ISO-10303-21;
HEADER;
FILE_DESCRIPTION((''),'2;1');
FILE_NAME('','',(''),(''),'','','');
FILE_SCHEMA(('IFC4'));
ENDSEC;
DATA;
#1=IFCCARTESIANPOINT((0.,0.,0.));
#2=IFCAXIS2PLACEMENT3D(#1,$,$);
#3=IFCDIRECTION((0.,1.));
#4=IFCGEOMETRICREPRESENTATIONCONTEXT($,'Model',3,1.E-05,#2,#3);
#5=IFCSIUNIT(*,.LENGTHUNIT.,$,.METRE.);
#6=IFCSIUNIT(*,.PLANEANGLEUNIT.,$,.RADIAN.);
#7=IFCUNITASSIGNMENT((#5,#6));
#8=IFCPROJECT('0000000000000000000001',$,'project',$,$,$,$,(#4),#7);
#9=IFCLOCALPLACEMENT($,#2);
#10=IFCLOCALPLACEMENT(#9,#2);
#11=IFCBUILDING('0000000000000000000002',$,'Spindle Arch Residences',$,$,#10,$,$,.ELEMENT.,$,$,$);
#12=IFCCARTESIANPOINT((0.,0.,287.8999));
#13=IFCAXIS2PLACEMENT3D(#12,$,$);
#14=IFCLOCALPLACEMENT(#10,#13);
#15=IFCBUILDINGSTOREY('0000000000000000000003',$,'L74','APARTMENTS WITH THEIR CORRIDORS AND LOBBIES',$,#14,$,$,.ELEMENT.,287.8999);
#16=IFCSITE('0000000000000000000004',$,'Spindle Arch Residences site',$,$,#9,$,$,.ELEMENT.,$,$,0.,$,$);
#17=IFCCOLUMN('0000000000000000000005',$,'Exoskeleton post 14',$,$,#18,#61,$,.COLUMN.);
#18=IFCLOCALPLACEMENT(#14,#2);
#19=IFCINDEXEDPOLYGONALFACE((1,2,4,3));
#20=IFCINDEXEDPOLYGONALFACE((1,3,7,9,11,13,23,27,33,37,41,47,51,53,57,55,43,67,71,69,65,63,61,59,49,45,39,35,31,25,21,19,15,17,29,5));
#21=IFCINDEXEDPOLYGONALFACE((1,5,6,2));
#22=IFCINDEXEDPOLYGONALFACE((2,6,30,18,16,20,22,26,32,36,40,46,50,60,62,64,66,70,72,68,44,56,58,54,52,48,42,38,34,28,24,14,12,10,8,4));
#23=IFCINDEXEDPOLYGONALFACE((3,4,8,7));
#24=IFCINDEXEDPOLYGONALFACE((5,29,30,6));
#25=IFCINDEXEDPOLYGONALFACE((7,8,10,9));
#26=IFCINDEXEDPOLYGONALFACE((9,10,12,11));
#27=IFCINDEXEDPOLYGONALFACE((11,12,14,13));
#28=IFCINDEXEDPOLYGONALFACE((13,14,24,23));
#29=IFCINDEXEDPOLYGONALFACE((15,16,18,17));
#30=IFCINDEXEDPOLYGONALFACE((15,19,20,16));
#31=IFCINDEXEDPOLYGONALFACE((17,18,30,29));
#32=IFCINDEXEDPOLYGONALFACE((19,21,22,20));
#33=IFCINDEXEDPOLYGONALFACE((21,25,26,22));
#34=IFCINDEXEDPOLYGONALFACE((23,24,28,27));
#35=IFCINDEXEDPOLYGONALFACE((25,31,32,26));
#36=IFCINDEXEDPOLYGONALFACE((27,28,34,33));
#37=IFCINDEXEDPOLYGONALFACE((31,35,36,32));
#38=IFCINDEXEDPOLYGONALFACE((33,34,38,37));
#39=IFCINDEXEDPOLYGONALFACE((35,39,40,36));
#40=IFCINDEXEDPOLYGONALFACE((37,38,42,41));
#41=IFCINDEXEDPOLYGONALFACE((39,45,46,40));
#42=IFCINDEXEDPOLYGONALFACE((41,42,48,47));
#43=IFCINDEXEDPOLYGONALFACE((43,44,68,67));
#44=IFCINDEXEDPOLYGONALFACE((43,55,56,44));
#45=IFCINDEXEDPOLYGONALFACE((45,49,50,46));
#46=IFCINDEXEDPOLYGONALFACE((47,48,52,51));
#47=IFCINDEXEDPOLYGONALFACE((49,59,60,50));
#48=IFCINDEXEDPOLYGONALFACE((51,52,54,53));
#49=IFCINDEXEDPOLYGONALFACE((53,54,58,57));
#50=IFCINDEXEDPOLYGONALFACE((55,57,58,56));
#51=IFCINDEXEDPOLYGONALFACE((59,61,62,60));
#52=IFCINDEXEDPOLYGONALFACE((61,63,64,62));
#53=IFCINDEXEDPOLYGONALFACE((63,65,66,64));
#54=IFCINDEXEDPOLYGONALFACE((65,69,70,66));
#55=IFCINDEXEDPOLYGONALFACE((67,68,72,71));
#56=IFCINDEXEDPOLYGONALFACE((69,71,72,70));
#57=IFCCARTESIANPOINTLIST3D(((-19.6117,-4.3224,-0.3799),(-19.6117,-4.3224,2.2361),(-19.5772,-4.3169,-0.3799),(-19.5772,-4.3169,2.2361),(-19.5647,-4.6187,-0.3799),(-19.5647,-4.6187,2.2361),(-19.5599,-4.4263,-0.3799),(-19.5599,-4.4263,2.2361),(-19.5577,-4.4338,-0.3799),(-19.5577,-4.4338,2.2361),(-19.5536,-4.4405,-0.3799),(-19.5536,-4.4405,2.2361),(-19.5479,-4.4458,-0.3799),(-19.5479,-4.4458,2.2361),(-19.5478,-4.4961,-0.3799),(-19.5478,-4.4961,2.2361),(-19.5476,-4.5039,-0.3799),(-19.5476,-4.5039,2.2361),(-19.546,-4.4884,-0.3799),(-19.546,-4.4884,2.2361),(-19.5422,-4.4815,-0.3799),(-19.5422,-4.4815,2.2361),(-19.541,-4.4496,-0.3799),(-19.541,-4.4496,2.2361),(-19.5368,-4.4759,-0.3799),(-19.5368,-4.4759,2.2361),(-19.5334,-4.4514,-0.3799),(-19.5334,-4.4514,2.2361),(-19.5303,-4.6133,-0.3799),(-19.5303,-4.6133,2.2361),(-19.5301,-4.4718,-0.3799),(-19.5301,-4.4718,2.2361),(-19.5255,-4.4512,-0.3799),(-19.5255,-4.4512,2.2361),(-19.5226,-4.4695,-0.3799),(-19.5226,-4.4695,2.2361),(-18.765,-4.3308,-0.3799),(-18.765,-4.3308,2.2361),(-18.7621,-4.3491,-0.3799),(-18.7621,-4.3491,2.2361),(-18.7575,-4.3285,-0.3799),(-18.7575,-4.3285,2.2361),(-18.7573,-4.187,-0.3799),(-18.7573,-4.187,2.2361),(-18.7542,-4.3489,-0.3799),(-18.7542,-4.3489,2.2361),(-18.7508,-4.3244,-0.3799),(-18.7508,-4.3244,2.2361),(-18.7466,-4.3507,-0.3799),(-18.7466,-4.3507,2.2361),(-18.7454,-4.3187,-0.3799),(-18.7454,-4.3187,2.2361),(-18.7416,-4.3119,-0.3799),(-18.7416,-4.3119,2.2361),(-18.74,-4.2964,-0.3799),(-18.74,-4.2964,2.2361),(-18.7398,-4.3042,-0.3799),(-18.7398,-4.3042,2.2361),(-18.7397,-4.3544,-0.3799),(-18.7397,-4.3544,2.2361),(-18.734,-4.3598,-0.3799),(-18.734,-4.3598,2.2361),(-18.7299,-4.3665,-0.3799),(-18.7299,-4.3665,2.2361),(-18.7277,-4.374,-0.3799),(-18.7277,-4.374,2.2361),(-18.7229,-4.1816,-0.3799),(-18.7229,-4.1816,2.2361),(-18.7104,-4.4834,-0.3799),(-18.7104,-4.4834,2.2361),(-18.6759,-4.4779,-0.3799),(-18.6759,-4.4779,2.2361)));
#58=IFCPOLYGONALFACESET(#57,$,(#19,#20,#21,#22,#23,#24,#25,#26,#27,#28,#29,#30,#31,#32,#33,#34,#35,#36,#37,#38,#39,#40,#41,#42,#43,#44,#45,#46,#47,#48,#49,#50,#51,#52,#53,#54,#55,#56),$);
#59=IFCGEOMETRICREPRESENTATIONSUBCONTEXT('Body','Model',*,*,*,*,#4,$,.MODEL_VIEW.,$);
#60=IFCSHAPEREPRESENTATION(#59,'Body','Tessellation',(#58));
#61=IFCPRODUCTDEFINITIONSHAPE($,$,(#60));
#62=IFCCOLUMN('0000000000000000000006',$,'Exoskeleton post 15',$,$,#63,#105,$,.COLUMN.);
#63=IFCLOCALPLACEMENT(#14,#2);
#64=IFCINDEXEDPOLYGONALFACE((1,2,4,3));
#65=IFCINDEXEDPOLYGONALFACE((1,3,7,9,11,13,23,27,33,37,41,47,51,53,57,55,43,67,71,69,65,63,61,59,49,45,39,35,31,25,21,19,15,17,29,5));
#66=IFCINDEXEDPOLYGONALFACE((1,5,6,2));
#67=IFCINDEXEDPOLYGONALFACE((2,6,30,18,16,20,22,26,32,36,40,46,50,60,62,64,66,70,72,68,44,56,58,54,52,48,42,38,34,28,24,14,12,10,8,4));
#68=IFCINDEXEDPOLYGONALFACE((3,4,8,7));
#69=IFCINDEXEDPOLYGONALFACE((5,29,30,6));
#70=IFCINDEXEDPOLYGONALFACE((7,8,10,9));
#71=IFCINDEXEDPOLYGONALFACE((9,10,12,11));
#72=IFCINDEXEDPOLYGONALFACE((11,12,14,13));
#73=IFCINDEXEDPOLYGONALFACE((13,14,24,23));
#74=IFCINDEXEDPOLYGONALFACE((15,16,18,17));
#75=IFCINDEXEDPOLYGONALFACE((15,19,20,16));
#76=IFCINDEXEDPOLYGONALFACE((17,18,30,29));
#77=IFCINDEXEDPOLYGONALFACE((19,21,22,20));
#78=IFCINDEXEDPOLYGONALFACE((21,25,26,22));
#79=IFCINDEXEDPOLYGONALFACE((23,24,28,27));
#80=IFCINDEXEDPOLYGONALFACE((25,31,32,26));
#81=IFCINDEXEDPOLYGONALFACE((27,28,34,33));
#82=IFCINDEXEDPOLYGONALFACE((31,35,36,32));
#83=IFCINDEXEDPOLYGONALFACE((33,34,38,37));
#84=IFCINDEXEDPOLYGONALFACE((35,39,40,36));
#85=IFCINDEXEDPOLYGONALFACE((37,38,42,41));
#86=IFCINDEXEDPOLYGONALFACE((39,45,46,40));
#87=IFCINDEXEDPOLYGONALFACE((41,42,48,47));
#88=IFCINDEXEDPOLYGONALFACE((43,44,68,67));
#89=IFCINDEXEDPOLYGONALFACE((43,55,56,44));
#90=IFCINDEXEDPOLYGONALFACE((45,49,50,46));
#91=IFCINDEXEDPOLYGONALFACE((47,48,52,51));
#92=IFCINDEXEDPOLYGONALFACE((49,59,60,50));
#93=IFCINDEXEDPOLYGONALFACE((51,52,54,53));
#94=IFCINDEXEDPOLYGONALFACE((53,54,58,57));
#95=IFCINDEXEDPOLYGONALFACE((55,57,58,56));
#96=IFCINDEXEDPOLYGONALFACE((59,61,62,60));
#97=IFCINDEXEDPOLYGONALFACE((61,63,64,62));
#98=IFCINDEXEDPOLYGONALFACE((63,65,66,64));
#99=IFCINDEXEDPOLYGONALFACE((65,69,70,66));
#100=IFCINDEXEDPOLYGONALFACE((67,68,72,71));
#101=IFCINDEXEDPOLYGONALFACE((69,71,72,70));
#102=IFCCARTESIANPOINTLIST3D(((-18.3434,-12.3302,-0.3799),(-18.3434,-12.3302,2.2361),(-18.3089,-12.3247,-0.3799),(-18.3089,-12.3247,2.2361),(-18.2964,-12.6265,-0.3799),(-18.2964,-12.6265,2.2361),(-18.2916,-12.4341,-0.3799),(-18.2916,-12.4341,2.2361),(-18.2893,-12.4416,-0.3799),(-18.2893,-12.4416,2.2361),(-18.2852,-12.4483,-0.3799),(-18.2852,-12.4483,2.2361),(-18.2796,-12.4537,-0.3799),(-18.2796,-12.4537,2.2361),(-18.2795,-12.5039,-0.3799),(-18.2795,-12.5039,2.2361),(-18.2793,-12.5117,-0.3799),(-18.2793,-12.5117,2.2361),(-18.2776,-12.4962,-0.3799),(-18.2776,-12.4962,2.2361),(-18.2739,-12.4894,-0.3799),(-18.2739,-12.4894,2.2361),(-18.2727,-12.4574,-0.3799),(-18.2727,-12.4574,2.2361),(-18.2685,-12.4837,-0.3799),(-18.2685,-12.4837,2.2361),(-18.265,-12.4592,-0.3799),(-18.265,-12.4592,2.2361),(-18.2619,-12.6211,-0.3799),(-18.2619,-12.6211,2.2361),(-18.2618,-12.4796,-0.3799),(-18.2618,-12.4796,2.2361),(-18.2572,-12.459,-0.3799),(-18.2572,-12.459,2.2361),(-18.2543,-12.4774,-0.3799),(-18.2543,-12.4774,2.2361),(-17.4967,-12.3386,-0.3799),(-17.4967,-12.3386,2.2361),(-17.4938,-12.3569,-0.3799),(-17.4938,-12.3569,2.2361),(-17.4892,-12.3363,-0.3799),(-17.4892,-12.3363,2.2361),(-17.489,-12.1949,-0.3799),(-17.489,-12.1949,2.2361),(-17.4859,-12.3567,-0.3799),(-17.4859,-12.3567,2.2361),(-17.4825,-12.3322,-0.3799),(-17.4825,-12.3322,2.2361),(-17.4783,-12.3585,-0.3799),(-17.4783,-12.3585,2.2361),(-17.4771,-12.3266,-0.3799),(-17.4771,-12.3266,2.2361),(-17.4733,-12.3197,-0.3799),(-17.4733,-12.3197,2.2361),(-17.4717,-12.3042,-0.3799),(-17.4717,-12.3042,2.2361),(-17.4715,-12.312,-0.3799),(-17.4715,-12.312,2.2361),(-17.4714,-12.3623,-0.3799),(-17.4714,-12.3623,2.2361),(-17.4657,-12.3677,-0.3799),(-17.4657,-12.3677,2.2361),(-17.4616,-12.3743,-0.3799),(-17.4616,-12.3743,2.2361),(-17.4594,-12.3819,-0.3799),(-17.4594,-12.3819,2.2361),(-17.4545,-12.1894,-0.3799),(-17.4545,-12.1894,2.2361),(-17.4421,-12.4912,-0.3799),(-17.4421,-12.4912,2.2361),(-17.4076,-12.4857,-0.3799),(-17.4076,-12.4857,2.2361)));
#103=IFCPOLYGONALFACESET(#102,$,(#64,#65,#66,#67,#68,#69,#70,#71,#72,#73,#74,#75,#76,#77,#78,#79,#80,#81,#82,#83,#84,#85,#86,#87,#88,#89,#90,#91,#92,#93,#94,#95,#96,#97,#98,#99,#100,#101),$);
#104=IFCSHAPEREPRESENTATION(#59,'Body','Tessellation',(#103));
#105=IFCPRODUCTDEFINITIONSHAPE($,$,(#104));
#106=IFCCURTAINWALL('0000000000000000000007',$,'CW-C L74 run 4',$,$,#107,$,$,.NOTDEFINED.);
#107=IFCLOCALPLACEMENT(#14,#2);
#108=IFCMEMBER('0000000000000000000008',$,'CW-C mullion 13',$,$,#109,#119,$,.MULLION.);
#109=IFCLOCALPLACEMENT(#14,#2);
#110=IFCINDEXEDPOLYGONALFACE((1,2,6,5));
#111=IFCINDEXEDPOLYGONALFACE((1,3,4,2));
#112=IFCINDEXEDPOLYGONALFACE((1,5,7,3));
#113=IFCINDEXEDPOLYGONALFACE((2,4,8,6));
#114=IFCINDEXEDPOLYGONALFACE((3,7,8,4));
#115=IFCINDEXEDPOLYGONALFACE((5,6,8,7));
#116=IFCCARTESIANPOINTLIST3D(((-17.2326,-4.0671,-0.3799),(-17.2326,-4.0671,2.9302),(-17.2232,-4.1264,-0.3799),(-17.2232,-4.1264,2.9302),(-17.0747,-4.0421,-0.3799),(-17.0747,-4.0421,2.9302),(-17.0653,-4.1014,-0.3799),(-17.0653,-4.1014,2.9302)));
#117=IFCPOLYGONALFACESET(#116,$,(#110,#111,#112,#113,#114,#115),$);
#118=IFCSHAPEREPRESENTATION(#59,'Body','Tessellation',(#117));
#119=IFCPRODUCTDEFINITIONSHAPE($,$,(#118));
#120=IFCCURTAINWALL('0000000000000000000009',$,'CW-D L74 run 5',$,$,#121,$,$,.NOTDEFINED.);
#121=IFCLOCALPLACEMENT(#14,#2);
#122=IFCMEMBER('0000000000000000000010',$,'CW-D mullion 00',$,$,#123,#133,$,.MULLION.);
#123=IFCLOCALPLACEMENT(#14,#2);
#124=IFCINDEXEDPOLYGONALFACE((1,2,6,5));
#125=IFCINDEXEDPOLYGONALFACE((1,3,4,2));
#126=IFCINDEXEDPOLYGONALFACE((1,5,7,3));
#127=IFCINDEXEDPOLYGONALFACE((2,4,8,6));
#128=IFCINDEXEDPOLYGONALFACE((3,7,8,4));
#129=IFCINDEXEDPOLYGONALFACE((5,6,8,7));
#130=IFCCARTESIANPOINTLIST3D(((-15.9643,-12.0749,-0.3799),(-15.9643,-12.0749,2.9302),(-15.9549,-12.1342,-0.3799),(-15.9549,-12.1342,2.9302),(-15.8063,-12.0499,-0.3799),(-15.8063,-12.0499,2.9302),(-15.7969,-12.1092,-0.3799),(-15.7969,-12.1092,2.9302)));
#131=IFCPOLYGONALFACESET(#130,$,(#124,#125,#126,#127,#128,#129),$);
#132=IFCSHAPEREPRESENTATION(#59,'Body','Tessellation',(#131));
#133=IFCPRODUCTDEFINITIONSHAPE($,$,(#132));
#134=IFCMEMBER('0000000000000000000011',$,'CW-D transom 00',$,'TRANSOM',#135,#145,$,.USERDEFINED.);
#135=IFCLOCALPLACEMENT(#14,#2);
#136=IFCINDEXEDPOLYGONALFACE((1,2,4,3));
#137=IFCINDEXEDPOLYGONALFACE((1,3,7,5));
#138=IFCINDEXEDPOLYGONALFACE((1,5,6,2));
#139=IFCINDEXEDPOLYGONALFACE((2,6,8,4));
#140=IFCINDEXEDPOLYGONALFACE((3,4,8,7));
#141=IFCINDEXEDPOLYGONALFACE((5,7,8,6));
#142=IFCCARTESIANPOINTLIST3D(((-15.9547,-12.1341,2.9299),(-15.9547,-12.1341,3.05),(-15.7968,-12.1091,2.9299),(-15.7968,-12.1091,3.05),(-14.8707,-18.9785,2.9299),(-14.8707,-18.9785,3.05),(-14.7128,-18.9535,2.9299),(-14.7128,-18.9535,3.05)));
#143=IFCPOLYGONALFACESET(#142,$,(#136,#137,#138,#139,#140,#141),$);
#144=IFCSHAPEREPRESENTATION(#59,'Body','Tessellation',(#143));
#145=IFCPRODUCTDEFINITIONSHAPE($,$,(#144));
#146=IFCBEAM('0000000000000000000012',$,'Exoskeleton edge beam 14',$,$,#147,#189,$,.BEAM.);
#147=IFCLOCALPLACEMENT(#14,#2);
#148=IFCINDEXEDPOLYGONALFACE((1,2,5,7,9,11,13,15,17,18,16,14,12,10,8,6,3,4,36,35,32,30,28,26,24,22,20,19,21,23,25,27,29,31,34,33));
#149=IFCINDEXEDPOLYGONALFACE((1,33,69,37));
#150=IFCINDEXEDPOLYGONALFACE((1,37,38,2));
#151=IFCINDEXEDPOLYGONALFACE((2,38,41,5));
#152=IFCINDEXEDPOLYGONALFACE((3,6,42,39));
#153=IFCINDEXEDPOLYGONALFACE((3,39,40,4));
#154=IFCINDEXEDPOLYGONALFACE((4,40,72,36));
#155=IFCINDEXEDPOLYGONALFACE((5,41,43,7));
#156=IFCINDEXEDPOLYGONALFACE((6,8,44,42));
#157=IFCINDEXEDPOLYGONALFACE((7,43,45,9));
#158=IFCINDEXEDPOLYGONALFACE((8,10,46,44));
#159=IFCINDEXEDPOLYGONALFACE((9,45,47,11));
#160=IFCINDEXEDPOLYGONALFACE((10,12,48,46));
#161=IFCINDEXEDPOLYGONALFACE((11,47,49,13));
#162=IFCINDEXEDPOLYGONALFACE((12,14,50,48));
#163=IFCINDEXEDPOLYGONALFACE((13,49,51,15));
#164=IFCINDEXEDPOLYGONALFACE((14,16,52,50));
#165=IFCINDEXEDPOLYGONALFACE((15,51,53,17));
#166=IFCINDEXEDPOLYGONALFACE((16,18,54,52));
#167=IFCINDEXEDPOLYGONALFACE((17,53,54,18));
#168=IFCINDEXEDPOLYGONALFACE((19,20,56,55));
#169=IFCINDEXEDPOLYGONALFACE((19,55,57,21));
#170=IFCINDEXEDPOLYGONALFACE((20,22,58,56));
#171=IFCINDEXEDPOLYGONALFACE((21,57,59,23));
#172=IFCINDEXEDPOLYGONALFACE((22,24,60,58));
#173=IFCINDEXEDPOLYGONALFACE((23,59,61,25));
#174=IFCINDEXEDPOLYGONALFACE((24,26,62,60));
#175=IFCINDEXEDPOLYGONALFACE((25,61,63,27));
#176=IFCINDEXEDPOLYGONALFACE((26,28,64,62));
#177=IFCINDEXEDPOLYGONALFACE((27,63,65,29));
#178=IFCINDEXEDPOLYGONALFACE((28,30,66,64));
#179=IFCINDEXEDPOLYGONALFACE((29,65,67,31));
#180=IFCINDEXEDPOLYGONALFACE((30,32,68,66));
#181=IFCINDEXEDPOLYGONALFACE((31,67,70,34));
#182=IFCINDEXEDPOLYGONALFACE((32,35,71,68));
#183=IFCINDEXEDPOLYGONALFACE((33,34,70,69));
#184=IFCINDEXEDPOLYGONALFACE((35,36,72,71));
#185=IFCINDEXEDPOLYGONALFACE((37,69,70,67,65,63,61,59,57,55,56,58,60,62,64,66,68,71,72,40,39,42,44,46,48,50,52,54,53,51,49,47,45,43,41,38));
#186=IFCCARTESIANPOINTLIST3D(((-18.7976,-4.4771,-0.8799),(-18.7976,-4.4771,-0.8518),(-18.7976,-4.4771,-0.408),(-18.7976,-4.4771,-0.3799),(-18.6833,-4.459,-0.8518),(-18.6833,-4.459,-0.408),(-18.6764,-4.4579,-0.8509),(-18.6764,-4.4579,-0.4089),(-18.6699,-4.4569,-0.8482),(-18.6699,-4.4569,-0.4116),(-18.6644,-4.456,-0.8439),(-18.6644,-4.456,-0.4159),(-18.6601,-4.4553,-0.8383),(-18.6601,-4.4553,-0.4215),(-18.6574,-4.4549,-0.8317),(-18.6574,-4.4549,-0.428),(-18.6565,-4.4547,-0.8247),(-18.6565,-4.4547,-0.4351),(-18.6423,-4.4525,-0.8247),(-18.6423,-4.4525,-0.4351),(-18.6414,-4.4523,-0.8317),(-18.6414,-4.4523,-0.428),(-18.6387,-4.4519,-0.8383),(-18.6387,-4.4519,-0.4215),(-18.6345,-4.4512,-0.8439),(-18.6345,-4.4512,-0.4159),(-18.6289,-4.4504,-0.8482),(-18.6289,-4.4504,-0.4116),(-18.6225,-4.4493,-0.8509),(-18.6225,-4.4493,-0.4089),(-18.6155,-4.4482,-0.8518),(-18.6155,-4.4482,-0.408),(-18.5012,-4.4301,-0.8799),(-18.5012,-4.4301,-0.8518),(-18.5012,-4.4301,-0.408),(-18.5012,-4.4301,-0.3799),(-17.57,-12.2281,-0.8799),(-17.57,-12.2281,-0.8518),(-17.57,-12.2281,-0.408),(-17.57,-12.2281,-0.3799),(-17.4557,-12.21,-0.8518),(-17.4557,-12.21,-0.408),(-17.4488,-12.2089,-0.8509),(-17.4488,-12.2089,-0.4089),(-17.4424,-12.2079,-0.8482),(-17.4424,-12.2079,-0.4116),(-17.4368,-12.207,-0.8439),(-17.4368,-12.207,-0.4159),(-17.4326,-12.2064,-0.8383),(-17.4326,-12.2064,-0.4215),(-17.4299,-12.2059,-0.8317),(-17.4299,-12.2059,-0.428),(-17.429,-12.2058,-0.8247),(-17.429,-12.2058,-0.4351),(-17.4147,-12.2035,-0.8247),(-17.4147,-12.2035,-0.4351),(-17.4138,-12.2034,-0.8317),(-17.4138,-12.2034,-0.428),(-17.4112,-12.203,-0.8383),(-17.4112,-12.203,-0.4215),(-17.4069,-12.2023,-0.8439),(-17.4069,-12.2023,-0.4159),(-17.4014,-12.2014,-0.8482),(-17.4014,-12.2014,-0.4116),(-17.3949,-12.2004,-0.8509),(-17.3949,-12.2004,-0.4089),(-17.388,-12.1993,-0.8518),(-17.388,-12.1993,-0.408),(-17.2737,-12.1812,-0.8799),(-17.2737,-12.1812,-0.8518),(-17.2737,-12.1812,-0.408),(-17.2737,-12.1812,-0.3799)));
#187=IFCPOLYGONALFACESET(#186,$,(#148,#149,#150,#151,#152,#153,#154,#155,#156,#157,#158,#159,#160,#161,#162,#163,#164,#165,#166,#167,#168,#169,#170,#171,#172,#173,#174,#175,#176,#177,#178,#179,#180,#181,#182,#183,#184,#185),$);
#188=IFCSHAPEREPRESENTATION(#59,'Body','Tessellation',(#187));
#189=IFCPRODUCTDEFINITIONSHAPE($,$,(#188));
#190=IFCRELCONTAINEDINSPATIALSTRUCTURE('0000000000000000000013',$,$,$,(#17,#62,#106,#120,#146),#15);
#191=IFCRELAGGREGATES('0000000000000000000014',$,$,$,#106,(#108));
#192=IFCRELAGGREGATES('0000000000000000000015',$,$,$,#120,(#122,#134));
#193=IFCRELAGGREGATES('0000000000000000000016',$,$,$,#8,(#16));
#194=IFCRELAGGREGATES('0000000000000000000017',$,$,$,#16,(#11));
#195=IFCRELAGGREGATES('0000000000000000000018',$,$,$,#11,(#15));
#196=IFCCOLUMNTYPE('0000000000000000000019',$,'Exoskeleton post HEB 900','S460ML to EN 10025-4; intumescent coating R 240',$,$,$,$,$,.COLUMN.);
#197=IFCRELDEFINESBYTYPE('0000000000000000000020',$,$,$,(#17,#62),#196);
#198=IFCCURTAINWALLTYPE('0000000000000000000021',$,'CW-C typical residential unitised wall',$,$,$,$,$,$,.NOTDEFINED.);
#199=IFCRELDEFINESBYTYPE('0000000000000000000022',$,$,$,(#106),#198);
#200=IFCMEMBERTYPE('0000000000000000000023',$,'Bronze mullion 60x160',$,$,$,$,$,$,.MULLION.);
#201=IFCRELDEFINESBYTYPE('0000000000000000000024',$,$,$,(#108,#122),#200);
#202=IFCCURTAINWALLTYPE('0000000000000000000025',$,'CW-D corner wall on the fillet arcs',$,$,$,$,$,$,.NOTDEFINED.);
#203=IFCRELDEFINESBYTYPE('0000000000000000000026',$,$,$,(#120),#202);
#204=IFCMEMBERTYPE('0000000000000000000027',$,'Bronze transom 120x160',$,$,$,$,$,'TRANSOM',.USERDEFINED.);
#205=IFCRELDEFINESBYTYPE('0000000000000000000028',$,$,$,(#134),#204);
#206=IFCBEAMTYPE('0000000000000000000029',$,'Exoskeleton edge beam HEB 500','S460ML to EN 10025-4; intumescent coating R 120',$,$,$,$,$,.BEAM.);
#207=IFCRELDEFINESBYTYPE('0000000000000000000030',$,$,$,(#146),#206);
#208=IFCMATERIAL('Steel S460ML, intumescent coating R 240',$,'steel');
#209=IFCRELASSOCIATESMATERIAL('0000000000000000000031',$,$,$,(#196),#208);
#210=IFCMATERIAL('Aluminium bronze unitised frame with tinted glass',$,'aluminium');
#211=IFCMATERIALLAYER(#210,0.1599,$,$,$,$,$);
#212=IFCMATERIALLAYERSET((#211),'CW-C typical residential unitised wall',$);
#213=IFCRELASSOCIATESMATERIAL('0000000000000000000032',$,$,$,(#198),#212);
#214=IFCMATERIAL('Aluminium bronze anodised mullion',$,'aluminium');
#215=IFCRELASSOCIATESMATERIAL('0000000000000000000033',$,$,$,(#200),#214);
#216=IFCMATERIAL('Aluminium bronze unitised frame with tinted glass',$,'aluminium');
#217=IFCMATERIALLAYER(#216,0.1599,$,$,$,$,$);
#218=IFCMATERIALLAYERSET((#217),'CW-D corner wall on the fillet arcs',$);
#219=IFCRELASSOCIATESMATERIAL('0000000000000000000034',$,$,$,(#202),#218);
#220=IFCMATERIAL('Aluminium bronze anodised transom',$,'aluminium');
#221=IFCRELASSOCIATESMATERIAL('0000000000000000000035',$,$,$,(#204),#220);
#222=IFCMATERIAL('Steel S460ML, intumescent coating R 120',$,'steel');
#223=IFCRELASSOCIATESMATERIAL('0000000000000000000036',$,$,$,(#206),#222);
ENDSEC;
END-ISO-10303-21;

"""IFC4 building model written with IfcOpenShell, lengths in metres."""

from ifc_helpers import new_model, si_unit, direction, frame, origin, origin_2d, place, context, subcontext, project, spatial, rectangle, i_section, extrude, material, layer, layer_set, material_profile, profile_set, type_object, element, aggregate, save


model = new_model("IFC4")

# Units and contexts
model_context = context("Model", 3, precision=1e-05, world=origin(), true_north=direction((0.0, 1.0)))
body_context = subcontext(model_context, "Body", "Model", "MODEL_VIEW")
ifc_project = project(units=[si_unit("LENGTHUNIT", "METRE"), si_unit("PLANEANGLEUNIT", "RADIAN")], contexts=[model_context])

# Site, building, storey
site_placement = place(None, origin())
site = spatial("IfcSite", under=ifc_project, at=site_placement, Name="Spindle Arch Residences site", CompositionType="ELEMENT", RefElevation=0.0)
building_placement = place(site_placement, origin())
building = spatial("IfcBuilding", under=site, at=building_placement, Name="Spindle Arch Residences", CompositionType="ELEMENT")
storey_placement = place(building_placement, frame((0.0, 0.0, 287.8999)))
storey = spatial("IfcBuildingStorey", under=building, at=storey_placement, Name="L74", Description="APARTMENTS WITH THEIR CORRIDORS AND LOBBIES", CompositionType="ELEMENT", Elevation=287.8999)

# Columns
ifc_material_1 = material(Name="Steel S460ML, intumescent coating R 240", Category="steel")
ifc_material_profile_1 = material_profile(ifc_material_1, i_section(OverallWidth=0.3, OverallDepth=0.8999, WebThickness=0.0186, FlangeThickness=0.0349, FilletRadius=0.03, at=origin_2d()), Name="HEB 900")
ifc_profile_set_1 = profile_set([ifc_material_profile_1], Name="Steel S460ML, intumescent coating R 240")
column_type = type_object("IfcColumnType", Name="Exoskeleton post HEB 900", Description="S460ML to EN 10025-4; intumescent coating R 240", PredefinedType="COLUMN", material=ifc_profile_set_1)
for number, where, z_axis, x_axis, name in (
    (1, (-19.1438, -4.4001, -0.3799), (0.0, 0.0, 1.0), (-0.156434, 0.987688, 0.0), "Exoskeleton post 14"),
    (2, (-17.8755, -12.408, -0.3799), (0.0, 0.0, 1.0), (-0.156434, 0.987688, 0.0), "Exoskeleton post 15"),
):
    element("IfcColumn", number, at=place(storey_placement, frame(where, z_axis=z_axis, x_axis=x_axis)), inside=storey, type_object=column_type, Name=name, PredefinedType="COLUMN", context=body_context, shape_type="SweptSolid", body=[
        extrude(i_section(OverallWidth=0.3, OverallDepth=0.8999, WebThickness=0.0186, FlangeThickness=0.0349, FilletRadius=0.03, at=origin_2d()), origin(), (0.0, 0.0, 1.0), 2.616),
    ])

# Curtain wall, member
ifc_material_2 = material(Name="Aluminium bronze unitised frame with tinted glass", Category="aluminium")
ifc_layer_1 = layer(ifc_material_2, 0.1599)
ifc_layer_set_1 = layer_set([ifc_layer_1], Name="CW-C typical residential unitised wall")
curtain_wall_type_1 = type_object("IfcCurtainWallType", Name="CW-C typical residential unitised wall", PredefinedType="NOTDEFINED", material=ifc_layer_set_1)
curtain_wall_1_placement = place(storey_placement, origin())
curtain_wall_1 = element("IfcCurtainWall", 3, at=curtain_wall_1_placement, inside=storey, type_object=curtain_wall_type_1, Name="CW-C L74 run 4", PredefinedType="NOTDEFINED")
ifc_material_3 = material(Name="Aluminium bronze anodised mullion", Category="aluminium")
ifc_material_profile_2 = material_profile(ifc_material_3, rectangle(XDim=0.1599, YDim=0.0601, at=origin_2d()), Name="MU 60x160")
ifc_profile_set_2 = profile_set([ifc_material_profile_2], Name="Aluminium bronze anodised mullion")
member_type_1 = type_object("IfcMemberType", Name="Bronze mullion 60x160", PredefinedType="MULLION", material=ifc_profile_set_2)
member_1_placement = place(storey_placement, frame((-17.1489, -4.0842, -0.3799), z_axis=(0.0, 0.0, 1.0), x_axis=(0.987688, 0.156434, 0.0)))
member_1 = element("IfcMember", 4, at=member_1_placement, type_object=member_type_1, Name="CW-C mullion 13", PredefinedType="MULLION", context=body_context, shape_type="SweptSolid", body=[
    extrude(rectangle(XDim=0.1599, YDim=0.0601, at=origin_2d()), origin(), (0.0, 0.0, 1.0), 3.3101),
])

# Curtain wall, members
ifc_material_4 = material(Name="Aluminium bronze unitised frame with tinted glass", Category="aluminium")
ifc_layer_2 = layer(ifc_material_4, 0.1599)
ifc_layer_set_2 = layer_set([ifc_layer_2], Name="CW-D corner wall on the fillet arcs")
curtain_wall_type_2 = type_object("IfcCurtainWallType", Name="CW-D corner wall on the fillet arcs", PredefinedType="NOTDEFINED", material=ifc_layer_set_2)
curtain_wall_2_placement = place(storey_placement, origin())
curtain_wall_2 = element("IfcCurtainWall", 5, at=curtain_wall_2_placement, inside=storey, type_object=curtain_wall_type_2, Name="CW-D L74 run 5", PredefinedType="NOTDEFINED")
member_2_placement = place(storey_placement, frame((-15.8806, -12.092, -0.3799), z_axis=(0.0, 0.0, 1.0), x_axis=(0.987688, 0.156434, 0.0)))
member_2 = element("IfcMember", 6, at=member_2_placement, type_object=member_type_1, Name="CW-D mullion 00", PredefinedType="MULLION", context=body_context, shape_type="SweptSolid", body=[
    extrude(rectangle(XDim=0.1599, YDim=0.0601, at=origin_2d()), origin(), (0.0, 0.0, 1.0), 3.3101),
])
ifc_material_5 = material(Name="Aluminium bronze anodised transom", Category="aluminium")
ifc_material_profile_3 = material_profile(ifc_material_5, rectangle(XDim=0.1599, YDim=0.1201, at=origin_2d()), Name="TR 120x160")
ifc_profile_set_3 = profile_set([ifc_material_profile_3], Name="Aluminium bronze anodised transom")
member_type_2 = type_object("IfcMemberType", Name="Bronze transom 120x160", ElementType="TRANSOM", PredefinedType="USERDEFINED", material=ifc_profile_set_3)
member_3_placement = place(storey_placement, frame((-15.8757, -12.1216, 2.99), z_axis=(0.156424, -0.98769, 0.0), x_axis=(0.98769, 0.156424, 0.0)))
member_3 = element("IfcMember", 7, at=member_3_placement, type_object=member_type_2, Name="CW-D transom 00", ObjectType="TRANSOM", PredefinedType="USERDEFINED", context=body_context, shape_type="SweptSolid", body=[
    extrude(rectangle(XDim=0.1599, YDim=0.1201, at=origin_2d()), origin(), (0.0, 0.0, 1.0), 6.9297),
])

# Beam
ifc_material_6 = material(Name="Steel S460ML, intumescent coating R 120", Category="steel")
ifc_material_profile_4 = material_profile(ifc_material_6, i_section(OverallWidth=0.3, OverallDepth=0.5, WebThickness=0.0144, FlangeThickness=0.0281, FilletRadius=0.0271, at=origin_2d()), Name="HEB 500")
ifc_profile_set_4 = profile_set([ifc_material_profile_4], Name="Steel S460ML, intumescent coating R 120")
beam_type_1 = type_object("IfcBeamType", Name="Exoskeleton edge beam HEB 500", Description="S460ML to EN 10025-4; intumescent coating R 120", PredefinedType="BEAM", material=ifc_profile_set_4)
beam_1_placement = place(storey_placement, frame((-18.6494, -4.4536, -0.6299), z_axis=(0.156423, -0.98769, 0.0), x_axis=(0.98769, 0.156423, 0.0)))
element("IfcBeam", 8, at=beam_1_placement, inside=storey, type_object=beam_type_1, Name="Exoskeleton edge beam 14", PredefinedType="BEAM", context=body_context, shape_type="SweptSolid", body=[
    extrude(i_section(OverallWidth=0.3, OverallDepth=0.5, WebThickness=0.0144, FlangeThickness=0.0281, FilletRadius=0.0271, at=origin_2d()), origin(), (0.0, 0.0, 1.0), 7.8477),
])

aggregate(curtain_wall_1, [member_1])
aggregate(curtain_wall_2, [member_2, member_3])

save(model, "model.ifc")
